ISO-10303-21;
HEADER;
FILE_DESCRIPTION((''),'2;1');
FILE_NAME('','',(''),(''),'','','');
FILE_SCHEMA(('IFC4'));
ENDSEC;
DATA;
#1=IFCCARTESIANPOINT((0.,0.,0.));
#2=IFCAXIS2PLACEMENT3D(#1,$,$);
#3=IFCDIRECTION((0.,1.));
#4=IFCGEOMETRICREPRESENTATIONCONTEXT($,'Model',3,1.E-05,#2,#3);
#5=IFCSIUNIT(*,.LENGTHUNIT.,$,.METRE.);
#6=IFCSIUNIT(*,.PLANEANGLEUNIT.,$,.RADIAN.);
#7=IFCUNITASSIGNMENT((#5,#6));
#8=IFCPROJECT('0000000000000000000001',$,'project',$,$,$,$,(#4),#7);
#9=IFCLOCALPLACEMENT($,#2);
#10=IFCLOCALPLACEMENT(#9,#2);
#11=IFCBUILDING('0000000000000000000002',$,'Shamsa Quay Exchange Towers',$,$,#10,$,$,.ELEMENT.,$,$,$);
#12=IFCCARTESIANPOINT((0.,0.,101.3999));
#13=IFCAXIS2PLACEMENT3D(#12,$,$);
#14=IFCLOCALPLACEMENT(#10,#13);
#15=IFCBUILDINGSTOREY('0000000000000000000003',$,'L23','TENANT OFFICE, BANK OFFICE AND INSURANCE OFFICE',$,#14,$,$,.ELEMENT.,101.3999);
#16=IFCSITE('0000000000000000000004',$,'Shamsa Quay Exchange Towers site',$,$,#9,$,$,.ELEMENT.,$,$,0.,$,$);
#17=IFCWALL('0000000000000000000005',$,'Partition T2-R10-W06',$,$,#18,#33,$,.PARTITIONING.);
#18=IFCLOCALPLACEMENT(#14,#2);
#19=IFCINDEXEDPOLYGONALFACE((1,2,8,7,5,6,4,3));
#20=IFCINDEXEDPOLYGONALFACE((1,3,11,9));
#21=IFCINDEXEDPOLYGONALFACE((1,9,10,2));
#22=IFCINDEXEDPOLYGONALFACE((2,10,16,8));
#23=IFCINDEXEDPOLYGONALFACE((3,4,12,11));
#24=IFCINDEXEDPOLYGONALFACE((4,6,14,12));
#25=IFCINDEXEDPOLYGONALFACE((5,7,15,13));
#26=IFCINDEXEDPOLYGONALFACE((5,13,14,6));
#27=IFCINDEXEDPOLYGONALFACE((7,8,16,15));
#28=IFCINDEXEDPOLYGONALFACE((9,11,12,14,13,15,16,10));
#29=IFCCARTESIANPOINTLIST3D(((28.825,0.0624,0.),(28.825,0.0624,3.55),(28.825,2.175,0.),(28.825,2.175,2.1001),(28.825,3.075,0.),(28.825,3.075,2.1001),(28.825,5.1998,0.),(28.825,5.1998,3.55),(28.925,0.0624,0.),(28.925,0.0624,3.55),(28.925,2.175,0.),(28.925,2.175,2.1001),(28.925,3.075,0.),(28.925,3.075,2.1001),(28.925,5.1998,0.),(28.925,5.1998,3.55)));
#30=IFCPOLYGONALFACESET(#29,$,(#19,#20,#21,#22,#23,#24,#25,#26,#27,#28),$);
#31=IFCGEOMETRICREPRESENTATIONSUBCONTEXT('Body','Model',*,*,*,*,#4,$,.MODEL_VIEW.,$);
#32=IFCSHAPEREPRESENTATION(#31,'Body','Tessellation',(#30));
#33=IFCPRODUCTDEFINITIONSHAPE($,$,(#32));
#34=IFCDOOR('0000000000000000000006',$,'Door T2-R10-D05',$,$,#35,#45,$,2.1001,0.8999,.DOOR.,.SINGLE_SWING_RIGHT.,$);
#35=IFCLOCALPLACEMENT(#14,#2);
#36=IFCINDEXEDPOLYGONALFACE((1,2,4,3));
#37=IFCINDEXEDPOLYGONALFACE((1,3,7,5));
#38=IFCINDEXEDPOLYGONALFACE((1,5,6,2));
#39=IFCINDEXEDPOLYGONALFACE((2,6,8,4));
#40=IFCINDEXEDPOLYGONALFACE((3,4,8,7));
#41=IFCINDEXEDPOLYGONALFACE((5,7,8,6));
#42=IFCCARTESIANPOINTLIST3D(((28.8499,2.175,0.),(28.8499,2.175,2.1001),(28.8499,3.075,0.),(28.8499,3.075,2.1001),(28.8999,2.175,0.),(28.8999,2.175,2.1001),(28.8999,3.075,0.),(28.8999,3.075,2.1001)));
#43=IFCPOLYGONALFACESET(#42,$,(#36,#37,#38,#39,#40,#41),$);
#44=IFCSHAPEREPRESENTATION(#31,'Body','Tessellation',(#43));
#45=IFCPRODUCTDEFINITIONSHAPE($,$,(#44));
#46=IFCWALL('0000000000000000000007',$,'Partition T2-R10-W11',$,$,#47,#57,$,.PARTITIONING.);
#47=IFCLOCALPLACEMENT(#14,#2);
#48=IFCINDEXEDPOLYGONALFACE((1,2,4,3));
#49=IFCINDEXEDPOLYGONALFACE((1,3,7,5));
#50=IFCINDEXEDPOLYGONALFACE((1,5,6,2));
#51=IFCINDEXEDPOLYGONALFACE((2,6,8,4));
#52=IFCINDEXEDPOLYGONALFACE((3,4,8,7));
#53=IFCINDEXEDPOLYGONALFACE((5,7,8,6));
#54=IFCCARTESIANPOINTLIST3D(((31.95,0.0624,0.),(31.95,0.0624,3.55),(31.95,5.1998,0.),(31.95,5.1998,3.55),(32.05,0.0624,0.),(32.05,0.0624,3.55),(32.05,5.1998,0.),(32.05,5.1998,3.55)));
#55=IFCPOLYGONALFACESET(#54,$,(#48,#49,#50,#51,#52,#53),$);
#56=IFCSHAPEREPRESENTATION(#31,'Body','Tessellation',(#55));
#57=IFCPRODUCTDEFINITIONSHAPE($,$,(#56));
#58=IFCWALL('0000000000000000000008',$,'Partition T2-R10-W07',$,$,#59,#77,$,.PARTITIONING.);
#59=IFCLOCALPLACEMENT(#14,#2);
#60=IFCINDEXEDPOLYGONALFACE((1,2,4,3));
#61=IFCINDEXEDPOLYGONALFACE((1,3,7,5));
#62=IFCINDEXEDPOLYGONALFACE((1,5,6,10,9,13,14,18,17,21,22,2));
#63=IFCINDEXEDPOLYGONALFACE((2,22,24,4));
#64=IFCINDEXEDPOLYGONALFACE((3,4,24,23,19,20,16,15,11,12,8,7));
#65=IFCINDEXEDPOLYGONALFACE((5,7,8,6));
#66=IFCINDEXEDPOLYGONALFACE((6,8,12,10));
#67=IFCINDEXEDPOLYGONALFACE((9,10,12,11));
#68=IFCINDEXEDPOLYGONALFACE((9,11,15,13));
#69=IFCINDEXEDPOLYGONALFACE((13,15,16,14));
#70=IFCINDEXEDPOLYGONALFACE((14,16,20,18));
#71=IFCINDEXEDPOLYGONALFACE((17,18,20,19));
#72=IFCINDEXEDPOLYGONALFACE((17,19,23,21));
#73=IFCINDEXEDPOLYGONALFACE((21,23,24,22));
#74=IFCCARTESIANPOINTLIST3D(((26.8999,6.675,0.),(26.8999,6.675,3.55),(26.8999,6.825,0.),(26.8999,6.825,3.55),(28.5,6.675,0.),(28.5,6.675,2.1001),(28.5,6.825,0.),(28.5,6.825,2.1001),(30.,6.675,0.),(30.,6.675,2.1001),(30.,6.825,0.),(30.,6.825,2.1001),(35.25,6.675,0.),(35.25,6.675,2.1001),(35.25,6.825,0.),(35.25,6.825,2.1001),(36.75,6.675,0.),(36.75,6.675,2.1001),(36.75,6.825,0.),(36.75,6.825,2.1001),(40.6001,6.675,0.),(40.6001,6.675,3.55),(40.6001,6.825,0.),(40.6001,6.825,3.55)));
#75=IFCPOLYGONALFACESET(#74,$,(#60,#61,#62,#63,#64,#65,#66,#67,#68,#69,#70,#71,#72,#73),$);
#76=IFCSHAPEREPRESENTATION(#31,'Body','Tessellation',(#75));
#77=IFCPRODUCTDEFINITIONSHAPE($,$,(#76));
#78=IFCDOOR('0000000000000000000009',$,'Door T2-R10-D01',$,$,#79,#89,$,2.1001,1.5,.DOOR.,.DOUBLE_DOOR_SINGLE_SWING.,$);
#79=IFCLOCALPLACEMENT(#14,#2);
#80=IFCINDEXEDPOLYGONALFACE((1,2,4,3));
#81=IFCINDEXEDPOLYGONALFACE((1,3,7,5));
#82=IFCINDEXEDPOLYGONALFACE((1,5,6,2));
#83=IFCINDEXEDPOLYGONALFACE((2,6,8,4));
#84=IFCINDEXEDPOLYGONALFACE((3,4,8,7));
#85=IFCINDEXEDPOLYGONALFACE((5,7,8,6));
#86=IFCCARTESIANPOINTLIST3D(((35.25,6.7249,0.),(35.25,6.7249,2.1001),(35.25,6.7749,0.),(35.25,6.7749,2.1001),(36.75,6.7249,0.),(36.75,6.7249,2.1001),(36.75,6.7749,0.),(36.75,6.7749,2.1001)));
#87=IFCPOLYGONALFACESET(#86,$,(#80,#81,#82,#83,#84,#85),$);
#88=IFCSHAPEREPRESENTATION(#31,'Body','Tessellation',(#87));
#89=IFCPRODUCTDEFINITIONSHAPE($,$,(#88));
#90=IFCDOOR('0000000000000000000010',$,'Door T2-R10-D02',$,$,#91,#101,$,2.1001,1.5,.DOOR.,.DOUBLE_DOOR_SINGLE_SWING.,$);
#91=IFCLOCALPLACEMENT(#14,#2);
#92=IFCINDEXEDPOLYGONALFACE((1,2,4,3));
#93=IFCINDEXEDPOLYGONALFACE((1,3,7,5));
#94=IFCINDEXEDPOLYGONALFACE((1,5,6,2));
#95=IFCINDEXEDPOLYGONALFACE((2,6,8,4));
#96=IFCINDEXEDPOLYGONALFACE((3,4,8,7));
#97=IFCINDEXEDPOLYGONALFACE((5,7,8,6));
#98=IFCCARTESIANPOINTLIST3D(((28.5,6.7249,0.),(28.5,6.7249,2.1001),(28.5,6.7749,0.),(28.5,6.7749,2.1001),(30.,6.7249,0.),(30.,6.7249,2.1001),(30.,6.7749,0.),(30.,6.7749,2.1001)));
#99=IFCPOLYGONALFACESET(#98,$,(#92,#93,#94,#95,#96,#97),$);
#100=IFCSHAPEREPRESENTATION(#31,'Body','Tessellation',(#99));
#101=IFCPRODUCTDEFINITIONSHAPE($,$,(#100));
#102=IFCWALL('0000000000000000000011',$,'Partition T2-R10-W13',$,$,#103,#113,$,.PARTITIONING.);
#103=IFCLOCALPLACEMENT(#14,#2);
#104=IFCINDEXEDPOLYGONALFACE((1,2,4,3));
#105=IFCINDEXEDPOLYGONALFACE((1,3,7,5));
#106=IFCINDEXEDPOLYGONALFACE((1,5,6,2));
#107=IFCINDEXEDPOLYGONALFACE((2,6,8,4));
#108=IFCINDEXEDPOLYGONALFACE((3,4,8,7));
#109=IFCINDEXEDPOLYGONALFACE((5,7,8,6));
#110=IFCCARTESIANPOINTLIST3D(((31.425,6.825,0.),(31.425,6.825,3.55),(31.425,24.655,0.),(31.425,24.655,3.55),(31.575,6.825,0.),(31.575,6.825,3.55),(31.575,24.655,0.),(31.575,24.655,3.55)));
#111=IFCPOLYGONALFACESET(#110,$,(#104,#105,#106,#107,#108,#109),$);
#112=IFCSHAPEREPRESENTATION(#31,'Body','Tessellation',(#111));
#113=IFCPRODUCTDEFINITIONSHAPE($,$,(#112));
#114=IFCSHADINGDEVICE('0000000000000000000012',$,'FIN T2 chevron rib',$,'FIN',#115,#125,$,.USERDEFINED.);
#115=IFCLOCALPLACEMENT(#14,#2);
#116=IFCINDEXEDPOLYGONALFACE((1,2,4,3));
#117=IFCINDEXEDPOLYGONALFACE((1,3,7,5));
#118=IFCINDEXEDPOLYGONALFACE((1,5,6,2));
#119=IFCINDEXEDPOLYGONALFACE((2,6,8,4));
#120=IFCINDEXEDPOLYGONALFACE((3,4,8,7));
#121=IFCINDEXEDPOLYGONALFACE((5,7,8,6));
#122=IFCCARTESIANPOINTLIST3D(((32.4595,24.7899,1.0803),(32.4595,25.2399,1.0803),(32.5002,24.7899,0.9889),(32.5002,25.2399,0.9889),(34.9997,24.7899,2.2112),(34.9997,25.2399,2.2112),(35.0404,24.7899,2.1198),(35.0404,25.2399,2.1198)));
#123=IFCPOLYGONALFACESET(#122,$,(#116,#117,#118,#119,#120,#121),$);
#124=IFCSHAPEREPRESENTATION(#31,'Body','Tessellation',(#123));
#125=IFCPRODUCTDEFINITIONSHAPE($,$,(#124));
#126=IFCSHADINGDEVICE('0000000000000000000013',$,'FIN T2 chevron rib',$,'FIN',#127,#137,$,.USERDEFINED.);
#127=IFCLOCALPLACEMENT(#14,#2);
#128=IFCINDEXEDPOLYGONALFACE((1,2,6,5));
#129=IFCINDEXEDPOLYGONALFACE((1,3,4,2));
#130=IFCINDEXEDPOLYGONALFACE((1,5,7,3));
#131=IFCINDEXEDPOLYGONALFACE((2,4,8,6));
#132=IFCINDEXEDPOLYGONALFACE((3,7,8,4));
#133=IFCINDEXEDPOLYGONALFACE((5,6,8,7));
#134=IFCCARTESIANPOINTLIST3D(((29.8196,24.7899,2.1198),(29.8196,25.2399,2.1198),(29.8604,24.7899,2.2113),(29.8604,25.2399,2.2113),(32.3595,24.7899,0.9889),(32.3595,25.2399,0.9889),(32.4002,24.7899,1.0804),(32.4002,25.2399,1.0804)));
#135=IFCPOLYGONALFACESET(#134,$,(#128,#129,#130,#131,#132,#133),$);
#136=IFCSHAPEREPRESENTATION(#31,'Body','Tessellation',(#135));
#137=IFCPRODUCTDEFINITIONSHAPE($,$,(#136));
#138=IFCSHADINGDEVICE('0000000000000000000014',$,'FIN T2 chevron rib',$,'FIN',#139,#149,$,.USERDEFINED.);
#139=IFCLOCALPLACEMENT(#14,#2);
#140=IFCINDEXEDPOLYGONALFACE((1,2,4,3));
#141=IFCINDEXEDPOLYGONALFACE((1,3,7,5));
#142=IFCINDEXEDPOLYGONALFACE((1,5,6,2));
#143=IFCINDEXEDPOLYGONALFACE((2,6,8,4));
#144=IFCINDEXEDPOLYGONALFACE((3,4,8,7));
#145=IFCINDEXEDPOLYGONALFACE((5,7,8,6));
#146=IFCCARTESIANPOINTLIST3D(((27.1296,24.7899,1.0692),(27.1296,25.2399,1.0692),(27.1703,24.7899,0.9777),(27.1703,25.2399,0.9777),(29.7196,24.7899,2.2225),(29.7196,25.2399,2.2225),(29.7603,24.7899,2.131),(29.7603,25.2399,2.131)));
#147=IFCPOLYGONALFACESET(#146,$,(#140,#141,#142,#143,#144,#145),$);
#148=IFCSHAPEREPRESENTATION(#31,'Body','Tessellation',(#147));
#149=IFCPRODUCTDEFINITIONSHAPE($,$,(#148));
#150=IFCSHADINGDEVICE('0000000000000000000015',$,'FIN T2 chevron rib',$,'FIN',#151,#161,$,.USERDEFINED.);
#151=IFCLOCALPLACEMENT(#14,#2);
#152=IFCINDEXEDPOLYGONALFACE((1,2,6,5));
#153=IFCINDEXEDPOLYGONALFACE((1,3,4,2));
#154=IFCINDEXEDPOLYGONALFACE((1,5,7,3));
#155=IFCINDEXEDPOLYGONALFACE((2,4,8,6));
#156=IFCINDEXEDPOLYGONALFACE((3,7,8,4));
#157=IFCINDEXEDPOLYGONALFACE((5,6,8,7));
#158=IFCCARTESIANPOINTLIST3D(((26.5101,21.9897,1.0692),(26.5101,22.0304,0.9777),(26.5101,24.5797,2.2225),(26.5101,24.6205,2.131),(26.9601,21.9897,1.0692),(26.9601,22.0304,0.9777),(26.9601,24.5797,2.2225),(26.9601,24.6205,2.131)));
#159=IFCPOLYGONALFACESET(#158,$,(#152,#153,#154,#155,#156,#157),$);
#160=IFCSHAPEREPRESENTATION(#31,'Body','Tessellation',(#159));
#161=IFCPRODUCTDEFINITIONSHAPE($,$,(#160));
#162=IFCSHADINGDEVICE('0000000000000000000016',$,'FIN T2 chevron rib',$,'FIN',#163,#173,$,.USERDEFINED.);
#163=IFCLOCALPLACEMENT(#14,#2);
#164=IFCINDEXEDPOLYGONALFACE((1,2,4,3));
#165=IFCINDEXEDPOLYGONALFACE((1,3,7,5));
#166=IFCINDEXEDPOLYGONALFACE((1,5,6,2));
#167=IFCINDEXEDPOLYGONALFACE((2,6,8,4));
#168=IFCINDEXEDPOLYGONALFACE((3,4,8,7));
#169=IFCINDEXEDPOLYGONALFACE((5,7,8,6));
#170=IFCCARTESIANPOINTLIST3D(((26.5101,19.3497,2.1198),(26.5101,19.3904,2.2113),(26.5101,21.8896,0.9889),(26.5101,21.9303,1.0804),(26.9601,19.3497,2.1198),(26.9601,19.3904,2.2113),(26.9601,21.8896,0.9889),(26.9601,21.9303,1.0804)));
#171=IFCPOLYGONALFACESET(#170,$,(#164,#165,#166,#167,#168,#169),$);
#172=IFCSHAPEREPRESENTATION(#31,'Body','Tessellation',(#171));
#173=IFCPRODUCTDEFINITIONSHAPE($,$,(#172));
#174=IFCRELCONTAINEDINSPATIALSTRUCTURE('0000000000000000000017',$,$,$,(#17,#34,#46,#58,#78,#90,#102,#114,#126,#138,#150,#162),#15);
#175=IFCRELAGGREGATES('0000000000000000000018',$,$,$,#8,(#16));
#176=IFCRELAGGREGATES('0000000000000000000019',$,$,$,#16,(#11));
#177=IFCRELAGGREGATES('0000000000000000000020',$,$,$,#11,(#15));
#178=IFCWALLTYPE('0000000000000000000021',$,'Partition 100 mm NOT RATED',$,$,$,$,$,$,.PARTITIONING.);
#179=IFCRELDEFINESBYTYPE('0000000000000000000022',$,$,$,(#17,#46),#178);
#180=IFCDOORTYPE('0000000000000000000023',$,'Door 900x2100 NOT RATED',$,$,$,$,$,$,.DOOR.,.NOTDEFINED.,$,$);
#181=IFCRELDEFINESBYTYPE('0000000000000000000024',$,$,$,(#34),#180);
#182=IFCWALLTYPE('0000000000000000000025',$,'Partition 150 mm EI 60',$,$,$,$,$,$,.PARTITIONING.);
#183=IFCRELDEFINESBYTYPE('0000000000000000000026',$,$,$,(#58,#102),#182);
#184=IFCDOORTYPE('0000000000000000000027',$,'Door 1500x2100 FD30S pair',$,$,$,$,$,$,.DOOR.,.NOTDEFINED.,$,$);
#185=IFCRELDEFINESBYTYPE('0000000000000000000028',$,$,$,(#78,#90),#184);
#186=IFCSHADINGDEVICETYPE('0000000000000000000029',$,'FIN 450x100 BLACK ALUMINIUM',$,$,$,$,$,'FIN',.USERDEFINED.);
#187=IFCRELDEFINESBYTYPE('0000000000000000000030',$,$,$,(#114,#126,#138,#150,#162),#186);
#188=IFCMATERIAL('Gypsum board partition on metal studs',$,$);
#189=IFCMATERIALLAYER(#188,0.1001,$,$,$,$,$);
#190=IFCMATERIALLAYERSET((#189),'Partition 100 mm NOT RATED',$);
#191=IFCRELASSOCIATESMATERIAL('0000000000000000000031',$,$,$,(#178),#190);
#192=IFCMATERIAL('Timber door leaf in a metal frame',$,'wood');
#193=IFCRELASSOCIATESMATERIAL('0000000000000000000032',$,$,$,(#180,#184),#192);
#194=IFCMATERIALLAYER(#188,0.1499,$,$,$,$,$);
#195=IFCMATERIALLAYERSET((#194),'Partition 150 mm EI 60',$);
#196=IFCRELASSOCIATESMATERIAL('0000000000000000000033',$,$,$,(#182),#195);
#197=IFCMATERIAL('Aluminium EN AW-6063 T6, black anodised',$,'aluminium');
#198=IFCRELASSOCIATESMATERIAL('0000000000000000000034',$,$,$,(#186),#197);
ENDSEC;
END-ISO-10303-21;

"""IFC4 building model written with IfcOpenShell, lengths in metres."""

from ifc_helpers import new_model, si_unit, direction, frame, frame_2d, origin, origin_2d, place, context, subcontext, project, spatial, rectangle, extrude, material, layer, layer_set, material_profile, profile_set, type_object, element, fill, save


model = new_model("IFC4")

# Units and contexts
model_context = context("Model", 3, precision=1e-05, world=origin(), true_north=direction((0.0, 1.0)))
body_context = subcontext(model_context, "Body", "Model", "MODEL_VIEW")
ifc_project = project(units=[si_unit("LENGTHUNIT", "METRE"), si_unit("PLANEANGLEUNIT", "RADIAN")], contexts=[model_context])

# Site, building, storey
site_placement = place(None, origin())
site = spatial("IfcSite", under=ifc_project, at=site_placement, Name="Shamsa Quay Exchange Towers site", CompositionType="ELEMENT", RefElevation=0.0)
building_placement = place(site_placement, origin())
building = spatial("IfcBuilding", under=site, at=building_placement, Name="Shamsa Quay Exchange Towers", CompositionType="ELEMENT")
storey_placement = place(building_placement, frame((0.0, 0.0, 101.3999)))
storey = spatial("IfcBuildingStorey", under=building, at=storey_placement, Name="L23", Description="TENANT OFFICE, BANK OFFICE AND INSURANCE OFFICE", CompositionType="ELEMENT", Elevation=101.3999)

# Shared definitions
ifc_material_1 = material(Name="Aluminium EN AW-6063 T6, black anodised", Category="aluminium")

# Wall, opening, door
ifc_material_2 = material(Name="Gypsum board partition on metal studs")
ifc_layer_1 = layer(ifc_material_2, 0.1001)
ifc_layer_set_1 = layer_set([ifc_layer_1], Name="Partition 100 mm NOT RATED")
wall_type_1 = type_object("IfcWallType", Name="Partition 100 mm NOT RATED", PredefinedType="PARTITIONING", material=ifc_layer_set_1)
wall_1_placement = place(storey_placement, frame((28.875, 5.2, 0.0), z_axis=(0.0, 0.0, 1.0), x_axis=(0.0, -1.0, 0.0)))
wall_1 = element("IfcWall", 1, at=wall_1_placement, inside=storey, type_object=wall_type_1, Name="Partition T2-R10-W06", PredefinedType="PARTITIONING", context=body_context, shape_type="SweptSolid", body=[
    extrude(rectangle(XDim=5.1375, YDim=0.1001, at=frame_2d((2.5688, 0.0))), origin(), (0.0, 0.0, 1.0), 3.55),
])
opening_1_placement = place(wall_1_placement, frame((2.125, 0.0, 0.0)))
opening_1 = element("IfcOpeningElement", 2, at=opening_1_placement, cuts=wall_1, PredefinedType="OPENING", context=body_context, shape_type="SweptSolid", body=[
    extrude(rectangle(XDim=0.8999, YDim=2.1001, at=frame_2d((0.45, 1.05))), frame((0.0, 0.0601, 0.0), z_axis=(0.0, -1.0, 0.0), x_axis=(1.0, 0.0, 0.0)), (0.0, 0.0, 1.0), 0.1201),
])
ifc_material_3 = material(Name="Timber door leaf in a metal frame", Category="wood")
door_type_1 = type_object("IfcDoorType", Name="Door 900x2100 NOT RATED", OperationType="NOTDEFINED", PredefinedType="DOOR", material=ifc_material_3)
door_1_placement = place(opening_1_placement, origin())
door_1 = element("IfcDoor", 3, at=door_1_placement, inside=storey, type_object=door_type_1, Name="Door T2-R10-D05", OperationType="SINGLE_SWING_RIGHT", OverallHeight=2.1001, OverallWidth=0.8999, PredefinedType="DOOR", context=body_context, shape_type="SweptSolid", body=[
    extrude(rectangle(XDim=0.8999, YDim=2.1001, at=frame_2d((0.45, 1.05))), frame((0.0, 0.0249, 0.0), z_axis=(0.0, -1.0, 0.0), x_axis=(1.0, 0.0, 0.0)), (0.0, 0.0, 1.0), 0.05),
])
fill(opening_1, door_1)

# Wall
wall_2_placement = place(storey_placement, frame((32.0, 5.2, 0.0), z_axis=(0.0, 0.0, 1.0), x_axis=(0.0, -1.0, 0.0)))
element("IfcWall", 4, at=wall_2_placement, inside=storey, type_object=wall_type_1, Name="Partition T2-R10-W11", PredefinedType="PARTITIONING", context=body_context, shape_type="SweptSolid", body=[
    extrude(rectangle(XDim=5.1375, YDim=0.1001, at=frame_2d((2.5688, 0.0))), origin(), (0.0, 0.0, 1.0), 3.55),
])

# Wall, openings, doors
ifc_layer_2 = layer(ifc_material_2, 0.1499)
ifc_layer_set_2 = layer_set([ifc_layer_2], Name="Partition 150 mm EI 60")
wall_type_2 = type_object("IfcWallType", Name="Partition 150 mm EI 60", PredefinedType="PARTITIONING", material=ifc_layer_set_2)
wall_3_placement = place(storey_placement, frame((26.8999, 6.75, 0.0)))
wall_3 = element("IfcWall", 5, at=wall_3_placement, inside=storey, type_object=wall_type_2, Name="Partition T2-R10-W07", PredefinedType="PARTITIONING", context=body_context, shape_type="SweptSolid", body=[
    extrude(rectangle(XDim=13.7002, YDim=0.1499, at=frame_2d((6.8501, 0.0))), origin(), (0.0, 0.0, 1.0), 3.55),
])
opening_2_placement = place(wall_3_placement, frame((8.3501, 0.0, 0.0)))
opening_2 = element("IfcOpeningElement", 6, at=opening_2_placement, cuts=wall_3, PredefinedType="OPENING", context=body_context, shape_type="SweptSolid", body=[
    extrude(rectangle(XDim=1.5, YDim=2.1001, at=frame_2d((0.75, 1.05))), frame((0.0, 0.085, 0.0), z_axis=(0.0, -1.0, 0.0), x_axis=(1.0, 0.0, 0.0)), (0.0, 0.0, 1.0), 0.1699),
])
opening_3_placement = place(wall_3_placement, frame((1.6001, 0.0, 0.0)))
opening_3 = element("IfcOpeningElement", 7, at=opening_3_placement, cuts=wall_3, PredefinedType="OPENING", context=body_context, shape_type="SweptSolid", body=[
    extrude(rectangle(XDim=1.5, YDim=2.1001, at=frame_2d((0.75, 1.05))), frame((0.0, 0.085, 0.0), z_axis=(0.0, -1.0, 0.0), x_axis=(1.0, 0.0, 0.0)), (0.0, 0.0, 1.0), 0.1699),
])
door_type_2 = type_object("IfcDoorType", Name="Door 1500x2100 FD30S pair", OperationType="NOTDEFINED", PredefinedType="DOOR", material=ifc_material_3)
door_2_placement = place(opening_2_placement, origin())
door_2 = element("IfcDoor", 8, at=door_2_placement, inside=storey, type_object=door_type_2, Name="Door T2-R10-D01", OperationType="DOUBLE_DOOR_SINGLE_SWING", OverallHeight=2.1001, OverallWidth=1.5, PredefinedType="DOOR", context=body_context, shape_type="SweptSolid", body=[
    extrude(rectangle(XDim=1.5, YDim=2.1001, at=frame_2d((0.75, 1.05))), frame((0.0, 0.0249, 0.0), z_axis=(0.0, -1.0, 0.0), x_axis=(1.0, 0.0, 0.0)), (0.0, 0.0, 1.0), 0.05),
])
fill(opening_2, door_2)
door_3_placement = place(opening_3_placement, origin())
door_3 = element("IfcDoor", 9, at=door_3_placement, inside=storey, type_object=door_type_2, Name="Door T2-R10-D02", OperationType="DOUBLE_DOOR_SINGLE_SWING", OverallHeight=2.1001, OverallWidth=1.5, PredefinedType="DOOR", context=body_context, shape_type="SweptSolid", body=[
    extrude(rectangle(XDim=1.5, YDim=2.1001, at=frame_2d((0.75, 1.05))), frame((0.0, 0.0249, 0.0), z_axis=(0.0, -1.0, 0.0), x_axis=(1.0, 0.0, 0.0)), (0.0, 0.0, 1.0), 0.05),
])
fill(opening_3, door_3)

# Wall
wall_4_placement = place(storey_placement, frame((31.5, 24.655, 0.0), z_axis=(0.0, 0.0, 1.0), x_axis=(0.0, -1.0, 0.0)))
element("IfcWall", 10, at=wall_4_placement, inside=storey, type_object=wall_type_2, Name="Partition T2-R10-W13", PredefinedType="PARTITIONING", context=body_context, shape_type="SweptSolid", body=[
    extrude(rectangle(XDim=17.8301, YDim=0.1499, at=frame_2d((8.915, 0.0))), origin(), (0.0, 0.0, 1.0), 3.55),
])

# Shading devices
ifc_material_profile_1 = material_profile(ifc_material_1, rectangle(XDim=0.45, YDim=0.1001, at=origin_2d()), Name="FIN450x100")
ifc_profile_set_1 = profile_set([ifc_material_profile_1], Name="Aluminium EN AW-6063 T6, black anodised")
shading_device_type = type_object("IfcShadingDeviceType", Name="FIN 450x100 BLACK ALUMINIUM", ElementType="FIN", PredefinedType="USERDEFINED", material=ifc_profile_set_1)
shading_device_1_placement = place(storey_placement, frame((35.02, 25.0149, 2.1655), z_axis=(-0.913551, 0.0, -0.406725), x_axis=(0.0, -1.0, 0.0)))
element("IfcShadingDevice", 11, at=shading_device_1_placement, inside=storey, type_object=shading_device_type, Name="FIN T2 chevron rib", ObjectType="FIN", PredefinedType="USERDEFINED", context=body_context, shape_type="SweptSolid", body=[
    extrude(rectangle(XDim=0.45, YDim=0.1001, at=origin_2d()), origin(), (0.0, 0.0, 1.0), 2.7805),
])
shading_device_2_placement = place(storey_placement, frame((32.3799, 25.0149, 1.0347), z_axis=(-0.913536, 0.0, 0.406758), x_axis=(0.0, -1.0, 0.0)))
element("IfcShadingDevice", 12, at=shading_device_2_placement, inside=storey, type_object=shading_device_type, Name="FIN T2 chevron rib", ObjectType="FIN", PredefinedType="USERDEFINED", context=body_context, shape_type="SweptSolid", body=[
    extrude(rectangle(XDim=0.45, YDim=0.1001, at=origin_2d()), origin(), (0.0, 0.0, 1.0), 2.7803),
])
for number, where, z_axis, x_axis, name in (
    (13, (29.74, 25.0149, 2.1768), (-0.913527, 0.0, -0.406778), (0.0, -1.0, 0.0), "FIN T2 chevron rib"),
    (14, (26.7351, 24.6001, 2.1768), (0.0, -0.913527, -0.406778), (1.0, 0.0, 0.0), "FIN T2 chevron rib"),
):
    element("IfcShadingDevice", number, at=place(storey_placement, frame(where, z_axis=z_axis, x_axis=x_axis)), inside=storey, type_object=shading_device_type, Name=name, ObjectType="FIN", PredefinedType="USERDEFINED", context=body_context, shape_type="SweptSolid", body=[
        extrude(rectangle(XDim=0.45, YDim=0.1001, at=origin_2d()), origin(), (0.0, 0.0, 1.0), 2.8352),
    ])
shading_device_3_placement = place(storey_placement, frame((26.7351, 21.9099, 1.0347), z_axis=(0.0, -0.913536, 0.406758), x_axis=(1.0, 0.0, 0.0)))
element("IfcShadingDevice", 15, at=shading_device_3_placement, inside=storey, type_object=shading_device_type, Name="FIN T2 chevron rib", ObjectType="FIN", PredefinedType="USERDEFINED", context=body_context, shape_type="SweptSolid", body=[
    extrude(rectangle(XDim=0.45, YDim=0.1001, at=origin_2d()), origin(), (0.0, 0.0, 1.0), 2.7803),
])

save(model, "model.ifc")
